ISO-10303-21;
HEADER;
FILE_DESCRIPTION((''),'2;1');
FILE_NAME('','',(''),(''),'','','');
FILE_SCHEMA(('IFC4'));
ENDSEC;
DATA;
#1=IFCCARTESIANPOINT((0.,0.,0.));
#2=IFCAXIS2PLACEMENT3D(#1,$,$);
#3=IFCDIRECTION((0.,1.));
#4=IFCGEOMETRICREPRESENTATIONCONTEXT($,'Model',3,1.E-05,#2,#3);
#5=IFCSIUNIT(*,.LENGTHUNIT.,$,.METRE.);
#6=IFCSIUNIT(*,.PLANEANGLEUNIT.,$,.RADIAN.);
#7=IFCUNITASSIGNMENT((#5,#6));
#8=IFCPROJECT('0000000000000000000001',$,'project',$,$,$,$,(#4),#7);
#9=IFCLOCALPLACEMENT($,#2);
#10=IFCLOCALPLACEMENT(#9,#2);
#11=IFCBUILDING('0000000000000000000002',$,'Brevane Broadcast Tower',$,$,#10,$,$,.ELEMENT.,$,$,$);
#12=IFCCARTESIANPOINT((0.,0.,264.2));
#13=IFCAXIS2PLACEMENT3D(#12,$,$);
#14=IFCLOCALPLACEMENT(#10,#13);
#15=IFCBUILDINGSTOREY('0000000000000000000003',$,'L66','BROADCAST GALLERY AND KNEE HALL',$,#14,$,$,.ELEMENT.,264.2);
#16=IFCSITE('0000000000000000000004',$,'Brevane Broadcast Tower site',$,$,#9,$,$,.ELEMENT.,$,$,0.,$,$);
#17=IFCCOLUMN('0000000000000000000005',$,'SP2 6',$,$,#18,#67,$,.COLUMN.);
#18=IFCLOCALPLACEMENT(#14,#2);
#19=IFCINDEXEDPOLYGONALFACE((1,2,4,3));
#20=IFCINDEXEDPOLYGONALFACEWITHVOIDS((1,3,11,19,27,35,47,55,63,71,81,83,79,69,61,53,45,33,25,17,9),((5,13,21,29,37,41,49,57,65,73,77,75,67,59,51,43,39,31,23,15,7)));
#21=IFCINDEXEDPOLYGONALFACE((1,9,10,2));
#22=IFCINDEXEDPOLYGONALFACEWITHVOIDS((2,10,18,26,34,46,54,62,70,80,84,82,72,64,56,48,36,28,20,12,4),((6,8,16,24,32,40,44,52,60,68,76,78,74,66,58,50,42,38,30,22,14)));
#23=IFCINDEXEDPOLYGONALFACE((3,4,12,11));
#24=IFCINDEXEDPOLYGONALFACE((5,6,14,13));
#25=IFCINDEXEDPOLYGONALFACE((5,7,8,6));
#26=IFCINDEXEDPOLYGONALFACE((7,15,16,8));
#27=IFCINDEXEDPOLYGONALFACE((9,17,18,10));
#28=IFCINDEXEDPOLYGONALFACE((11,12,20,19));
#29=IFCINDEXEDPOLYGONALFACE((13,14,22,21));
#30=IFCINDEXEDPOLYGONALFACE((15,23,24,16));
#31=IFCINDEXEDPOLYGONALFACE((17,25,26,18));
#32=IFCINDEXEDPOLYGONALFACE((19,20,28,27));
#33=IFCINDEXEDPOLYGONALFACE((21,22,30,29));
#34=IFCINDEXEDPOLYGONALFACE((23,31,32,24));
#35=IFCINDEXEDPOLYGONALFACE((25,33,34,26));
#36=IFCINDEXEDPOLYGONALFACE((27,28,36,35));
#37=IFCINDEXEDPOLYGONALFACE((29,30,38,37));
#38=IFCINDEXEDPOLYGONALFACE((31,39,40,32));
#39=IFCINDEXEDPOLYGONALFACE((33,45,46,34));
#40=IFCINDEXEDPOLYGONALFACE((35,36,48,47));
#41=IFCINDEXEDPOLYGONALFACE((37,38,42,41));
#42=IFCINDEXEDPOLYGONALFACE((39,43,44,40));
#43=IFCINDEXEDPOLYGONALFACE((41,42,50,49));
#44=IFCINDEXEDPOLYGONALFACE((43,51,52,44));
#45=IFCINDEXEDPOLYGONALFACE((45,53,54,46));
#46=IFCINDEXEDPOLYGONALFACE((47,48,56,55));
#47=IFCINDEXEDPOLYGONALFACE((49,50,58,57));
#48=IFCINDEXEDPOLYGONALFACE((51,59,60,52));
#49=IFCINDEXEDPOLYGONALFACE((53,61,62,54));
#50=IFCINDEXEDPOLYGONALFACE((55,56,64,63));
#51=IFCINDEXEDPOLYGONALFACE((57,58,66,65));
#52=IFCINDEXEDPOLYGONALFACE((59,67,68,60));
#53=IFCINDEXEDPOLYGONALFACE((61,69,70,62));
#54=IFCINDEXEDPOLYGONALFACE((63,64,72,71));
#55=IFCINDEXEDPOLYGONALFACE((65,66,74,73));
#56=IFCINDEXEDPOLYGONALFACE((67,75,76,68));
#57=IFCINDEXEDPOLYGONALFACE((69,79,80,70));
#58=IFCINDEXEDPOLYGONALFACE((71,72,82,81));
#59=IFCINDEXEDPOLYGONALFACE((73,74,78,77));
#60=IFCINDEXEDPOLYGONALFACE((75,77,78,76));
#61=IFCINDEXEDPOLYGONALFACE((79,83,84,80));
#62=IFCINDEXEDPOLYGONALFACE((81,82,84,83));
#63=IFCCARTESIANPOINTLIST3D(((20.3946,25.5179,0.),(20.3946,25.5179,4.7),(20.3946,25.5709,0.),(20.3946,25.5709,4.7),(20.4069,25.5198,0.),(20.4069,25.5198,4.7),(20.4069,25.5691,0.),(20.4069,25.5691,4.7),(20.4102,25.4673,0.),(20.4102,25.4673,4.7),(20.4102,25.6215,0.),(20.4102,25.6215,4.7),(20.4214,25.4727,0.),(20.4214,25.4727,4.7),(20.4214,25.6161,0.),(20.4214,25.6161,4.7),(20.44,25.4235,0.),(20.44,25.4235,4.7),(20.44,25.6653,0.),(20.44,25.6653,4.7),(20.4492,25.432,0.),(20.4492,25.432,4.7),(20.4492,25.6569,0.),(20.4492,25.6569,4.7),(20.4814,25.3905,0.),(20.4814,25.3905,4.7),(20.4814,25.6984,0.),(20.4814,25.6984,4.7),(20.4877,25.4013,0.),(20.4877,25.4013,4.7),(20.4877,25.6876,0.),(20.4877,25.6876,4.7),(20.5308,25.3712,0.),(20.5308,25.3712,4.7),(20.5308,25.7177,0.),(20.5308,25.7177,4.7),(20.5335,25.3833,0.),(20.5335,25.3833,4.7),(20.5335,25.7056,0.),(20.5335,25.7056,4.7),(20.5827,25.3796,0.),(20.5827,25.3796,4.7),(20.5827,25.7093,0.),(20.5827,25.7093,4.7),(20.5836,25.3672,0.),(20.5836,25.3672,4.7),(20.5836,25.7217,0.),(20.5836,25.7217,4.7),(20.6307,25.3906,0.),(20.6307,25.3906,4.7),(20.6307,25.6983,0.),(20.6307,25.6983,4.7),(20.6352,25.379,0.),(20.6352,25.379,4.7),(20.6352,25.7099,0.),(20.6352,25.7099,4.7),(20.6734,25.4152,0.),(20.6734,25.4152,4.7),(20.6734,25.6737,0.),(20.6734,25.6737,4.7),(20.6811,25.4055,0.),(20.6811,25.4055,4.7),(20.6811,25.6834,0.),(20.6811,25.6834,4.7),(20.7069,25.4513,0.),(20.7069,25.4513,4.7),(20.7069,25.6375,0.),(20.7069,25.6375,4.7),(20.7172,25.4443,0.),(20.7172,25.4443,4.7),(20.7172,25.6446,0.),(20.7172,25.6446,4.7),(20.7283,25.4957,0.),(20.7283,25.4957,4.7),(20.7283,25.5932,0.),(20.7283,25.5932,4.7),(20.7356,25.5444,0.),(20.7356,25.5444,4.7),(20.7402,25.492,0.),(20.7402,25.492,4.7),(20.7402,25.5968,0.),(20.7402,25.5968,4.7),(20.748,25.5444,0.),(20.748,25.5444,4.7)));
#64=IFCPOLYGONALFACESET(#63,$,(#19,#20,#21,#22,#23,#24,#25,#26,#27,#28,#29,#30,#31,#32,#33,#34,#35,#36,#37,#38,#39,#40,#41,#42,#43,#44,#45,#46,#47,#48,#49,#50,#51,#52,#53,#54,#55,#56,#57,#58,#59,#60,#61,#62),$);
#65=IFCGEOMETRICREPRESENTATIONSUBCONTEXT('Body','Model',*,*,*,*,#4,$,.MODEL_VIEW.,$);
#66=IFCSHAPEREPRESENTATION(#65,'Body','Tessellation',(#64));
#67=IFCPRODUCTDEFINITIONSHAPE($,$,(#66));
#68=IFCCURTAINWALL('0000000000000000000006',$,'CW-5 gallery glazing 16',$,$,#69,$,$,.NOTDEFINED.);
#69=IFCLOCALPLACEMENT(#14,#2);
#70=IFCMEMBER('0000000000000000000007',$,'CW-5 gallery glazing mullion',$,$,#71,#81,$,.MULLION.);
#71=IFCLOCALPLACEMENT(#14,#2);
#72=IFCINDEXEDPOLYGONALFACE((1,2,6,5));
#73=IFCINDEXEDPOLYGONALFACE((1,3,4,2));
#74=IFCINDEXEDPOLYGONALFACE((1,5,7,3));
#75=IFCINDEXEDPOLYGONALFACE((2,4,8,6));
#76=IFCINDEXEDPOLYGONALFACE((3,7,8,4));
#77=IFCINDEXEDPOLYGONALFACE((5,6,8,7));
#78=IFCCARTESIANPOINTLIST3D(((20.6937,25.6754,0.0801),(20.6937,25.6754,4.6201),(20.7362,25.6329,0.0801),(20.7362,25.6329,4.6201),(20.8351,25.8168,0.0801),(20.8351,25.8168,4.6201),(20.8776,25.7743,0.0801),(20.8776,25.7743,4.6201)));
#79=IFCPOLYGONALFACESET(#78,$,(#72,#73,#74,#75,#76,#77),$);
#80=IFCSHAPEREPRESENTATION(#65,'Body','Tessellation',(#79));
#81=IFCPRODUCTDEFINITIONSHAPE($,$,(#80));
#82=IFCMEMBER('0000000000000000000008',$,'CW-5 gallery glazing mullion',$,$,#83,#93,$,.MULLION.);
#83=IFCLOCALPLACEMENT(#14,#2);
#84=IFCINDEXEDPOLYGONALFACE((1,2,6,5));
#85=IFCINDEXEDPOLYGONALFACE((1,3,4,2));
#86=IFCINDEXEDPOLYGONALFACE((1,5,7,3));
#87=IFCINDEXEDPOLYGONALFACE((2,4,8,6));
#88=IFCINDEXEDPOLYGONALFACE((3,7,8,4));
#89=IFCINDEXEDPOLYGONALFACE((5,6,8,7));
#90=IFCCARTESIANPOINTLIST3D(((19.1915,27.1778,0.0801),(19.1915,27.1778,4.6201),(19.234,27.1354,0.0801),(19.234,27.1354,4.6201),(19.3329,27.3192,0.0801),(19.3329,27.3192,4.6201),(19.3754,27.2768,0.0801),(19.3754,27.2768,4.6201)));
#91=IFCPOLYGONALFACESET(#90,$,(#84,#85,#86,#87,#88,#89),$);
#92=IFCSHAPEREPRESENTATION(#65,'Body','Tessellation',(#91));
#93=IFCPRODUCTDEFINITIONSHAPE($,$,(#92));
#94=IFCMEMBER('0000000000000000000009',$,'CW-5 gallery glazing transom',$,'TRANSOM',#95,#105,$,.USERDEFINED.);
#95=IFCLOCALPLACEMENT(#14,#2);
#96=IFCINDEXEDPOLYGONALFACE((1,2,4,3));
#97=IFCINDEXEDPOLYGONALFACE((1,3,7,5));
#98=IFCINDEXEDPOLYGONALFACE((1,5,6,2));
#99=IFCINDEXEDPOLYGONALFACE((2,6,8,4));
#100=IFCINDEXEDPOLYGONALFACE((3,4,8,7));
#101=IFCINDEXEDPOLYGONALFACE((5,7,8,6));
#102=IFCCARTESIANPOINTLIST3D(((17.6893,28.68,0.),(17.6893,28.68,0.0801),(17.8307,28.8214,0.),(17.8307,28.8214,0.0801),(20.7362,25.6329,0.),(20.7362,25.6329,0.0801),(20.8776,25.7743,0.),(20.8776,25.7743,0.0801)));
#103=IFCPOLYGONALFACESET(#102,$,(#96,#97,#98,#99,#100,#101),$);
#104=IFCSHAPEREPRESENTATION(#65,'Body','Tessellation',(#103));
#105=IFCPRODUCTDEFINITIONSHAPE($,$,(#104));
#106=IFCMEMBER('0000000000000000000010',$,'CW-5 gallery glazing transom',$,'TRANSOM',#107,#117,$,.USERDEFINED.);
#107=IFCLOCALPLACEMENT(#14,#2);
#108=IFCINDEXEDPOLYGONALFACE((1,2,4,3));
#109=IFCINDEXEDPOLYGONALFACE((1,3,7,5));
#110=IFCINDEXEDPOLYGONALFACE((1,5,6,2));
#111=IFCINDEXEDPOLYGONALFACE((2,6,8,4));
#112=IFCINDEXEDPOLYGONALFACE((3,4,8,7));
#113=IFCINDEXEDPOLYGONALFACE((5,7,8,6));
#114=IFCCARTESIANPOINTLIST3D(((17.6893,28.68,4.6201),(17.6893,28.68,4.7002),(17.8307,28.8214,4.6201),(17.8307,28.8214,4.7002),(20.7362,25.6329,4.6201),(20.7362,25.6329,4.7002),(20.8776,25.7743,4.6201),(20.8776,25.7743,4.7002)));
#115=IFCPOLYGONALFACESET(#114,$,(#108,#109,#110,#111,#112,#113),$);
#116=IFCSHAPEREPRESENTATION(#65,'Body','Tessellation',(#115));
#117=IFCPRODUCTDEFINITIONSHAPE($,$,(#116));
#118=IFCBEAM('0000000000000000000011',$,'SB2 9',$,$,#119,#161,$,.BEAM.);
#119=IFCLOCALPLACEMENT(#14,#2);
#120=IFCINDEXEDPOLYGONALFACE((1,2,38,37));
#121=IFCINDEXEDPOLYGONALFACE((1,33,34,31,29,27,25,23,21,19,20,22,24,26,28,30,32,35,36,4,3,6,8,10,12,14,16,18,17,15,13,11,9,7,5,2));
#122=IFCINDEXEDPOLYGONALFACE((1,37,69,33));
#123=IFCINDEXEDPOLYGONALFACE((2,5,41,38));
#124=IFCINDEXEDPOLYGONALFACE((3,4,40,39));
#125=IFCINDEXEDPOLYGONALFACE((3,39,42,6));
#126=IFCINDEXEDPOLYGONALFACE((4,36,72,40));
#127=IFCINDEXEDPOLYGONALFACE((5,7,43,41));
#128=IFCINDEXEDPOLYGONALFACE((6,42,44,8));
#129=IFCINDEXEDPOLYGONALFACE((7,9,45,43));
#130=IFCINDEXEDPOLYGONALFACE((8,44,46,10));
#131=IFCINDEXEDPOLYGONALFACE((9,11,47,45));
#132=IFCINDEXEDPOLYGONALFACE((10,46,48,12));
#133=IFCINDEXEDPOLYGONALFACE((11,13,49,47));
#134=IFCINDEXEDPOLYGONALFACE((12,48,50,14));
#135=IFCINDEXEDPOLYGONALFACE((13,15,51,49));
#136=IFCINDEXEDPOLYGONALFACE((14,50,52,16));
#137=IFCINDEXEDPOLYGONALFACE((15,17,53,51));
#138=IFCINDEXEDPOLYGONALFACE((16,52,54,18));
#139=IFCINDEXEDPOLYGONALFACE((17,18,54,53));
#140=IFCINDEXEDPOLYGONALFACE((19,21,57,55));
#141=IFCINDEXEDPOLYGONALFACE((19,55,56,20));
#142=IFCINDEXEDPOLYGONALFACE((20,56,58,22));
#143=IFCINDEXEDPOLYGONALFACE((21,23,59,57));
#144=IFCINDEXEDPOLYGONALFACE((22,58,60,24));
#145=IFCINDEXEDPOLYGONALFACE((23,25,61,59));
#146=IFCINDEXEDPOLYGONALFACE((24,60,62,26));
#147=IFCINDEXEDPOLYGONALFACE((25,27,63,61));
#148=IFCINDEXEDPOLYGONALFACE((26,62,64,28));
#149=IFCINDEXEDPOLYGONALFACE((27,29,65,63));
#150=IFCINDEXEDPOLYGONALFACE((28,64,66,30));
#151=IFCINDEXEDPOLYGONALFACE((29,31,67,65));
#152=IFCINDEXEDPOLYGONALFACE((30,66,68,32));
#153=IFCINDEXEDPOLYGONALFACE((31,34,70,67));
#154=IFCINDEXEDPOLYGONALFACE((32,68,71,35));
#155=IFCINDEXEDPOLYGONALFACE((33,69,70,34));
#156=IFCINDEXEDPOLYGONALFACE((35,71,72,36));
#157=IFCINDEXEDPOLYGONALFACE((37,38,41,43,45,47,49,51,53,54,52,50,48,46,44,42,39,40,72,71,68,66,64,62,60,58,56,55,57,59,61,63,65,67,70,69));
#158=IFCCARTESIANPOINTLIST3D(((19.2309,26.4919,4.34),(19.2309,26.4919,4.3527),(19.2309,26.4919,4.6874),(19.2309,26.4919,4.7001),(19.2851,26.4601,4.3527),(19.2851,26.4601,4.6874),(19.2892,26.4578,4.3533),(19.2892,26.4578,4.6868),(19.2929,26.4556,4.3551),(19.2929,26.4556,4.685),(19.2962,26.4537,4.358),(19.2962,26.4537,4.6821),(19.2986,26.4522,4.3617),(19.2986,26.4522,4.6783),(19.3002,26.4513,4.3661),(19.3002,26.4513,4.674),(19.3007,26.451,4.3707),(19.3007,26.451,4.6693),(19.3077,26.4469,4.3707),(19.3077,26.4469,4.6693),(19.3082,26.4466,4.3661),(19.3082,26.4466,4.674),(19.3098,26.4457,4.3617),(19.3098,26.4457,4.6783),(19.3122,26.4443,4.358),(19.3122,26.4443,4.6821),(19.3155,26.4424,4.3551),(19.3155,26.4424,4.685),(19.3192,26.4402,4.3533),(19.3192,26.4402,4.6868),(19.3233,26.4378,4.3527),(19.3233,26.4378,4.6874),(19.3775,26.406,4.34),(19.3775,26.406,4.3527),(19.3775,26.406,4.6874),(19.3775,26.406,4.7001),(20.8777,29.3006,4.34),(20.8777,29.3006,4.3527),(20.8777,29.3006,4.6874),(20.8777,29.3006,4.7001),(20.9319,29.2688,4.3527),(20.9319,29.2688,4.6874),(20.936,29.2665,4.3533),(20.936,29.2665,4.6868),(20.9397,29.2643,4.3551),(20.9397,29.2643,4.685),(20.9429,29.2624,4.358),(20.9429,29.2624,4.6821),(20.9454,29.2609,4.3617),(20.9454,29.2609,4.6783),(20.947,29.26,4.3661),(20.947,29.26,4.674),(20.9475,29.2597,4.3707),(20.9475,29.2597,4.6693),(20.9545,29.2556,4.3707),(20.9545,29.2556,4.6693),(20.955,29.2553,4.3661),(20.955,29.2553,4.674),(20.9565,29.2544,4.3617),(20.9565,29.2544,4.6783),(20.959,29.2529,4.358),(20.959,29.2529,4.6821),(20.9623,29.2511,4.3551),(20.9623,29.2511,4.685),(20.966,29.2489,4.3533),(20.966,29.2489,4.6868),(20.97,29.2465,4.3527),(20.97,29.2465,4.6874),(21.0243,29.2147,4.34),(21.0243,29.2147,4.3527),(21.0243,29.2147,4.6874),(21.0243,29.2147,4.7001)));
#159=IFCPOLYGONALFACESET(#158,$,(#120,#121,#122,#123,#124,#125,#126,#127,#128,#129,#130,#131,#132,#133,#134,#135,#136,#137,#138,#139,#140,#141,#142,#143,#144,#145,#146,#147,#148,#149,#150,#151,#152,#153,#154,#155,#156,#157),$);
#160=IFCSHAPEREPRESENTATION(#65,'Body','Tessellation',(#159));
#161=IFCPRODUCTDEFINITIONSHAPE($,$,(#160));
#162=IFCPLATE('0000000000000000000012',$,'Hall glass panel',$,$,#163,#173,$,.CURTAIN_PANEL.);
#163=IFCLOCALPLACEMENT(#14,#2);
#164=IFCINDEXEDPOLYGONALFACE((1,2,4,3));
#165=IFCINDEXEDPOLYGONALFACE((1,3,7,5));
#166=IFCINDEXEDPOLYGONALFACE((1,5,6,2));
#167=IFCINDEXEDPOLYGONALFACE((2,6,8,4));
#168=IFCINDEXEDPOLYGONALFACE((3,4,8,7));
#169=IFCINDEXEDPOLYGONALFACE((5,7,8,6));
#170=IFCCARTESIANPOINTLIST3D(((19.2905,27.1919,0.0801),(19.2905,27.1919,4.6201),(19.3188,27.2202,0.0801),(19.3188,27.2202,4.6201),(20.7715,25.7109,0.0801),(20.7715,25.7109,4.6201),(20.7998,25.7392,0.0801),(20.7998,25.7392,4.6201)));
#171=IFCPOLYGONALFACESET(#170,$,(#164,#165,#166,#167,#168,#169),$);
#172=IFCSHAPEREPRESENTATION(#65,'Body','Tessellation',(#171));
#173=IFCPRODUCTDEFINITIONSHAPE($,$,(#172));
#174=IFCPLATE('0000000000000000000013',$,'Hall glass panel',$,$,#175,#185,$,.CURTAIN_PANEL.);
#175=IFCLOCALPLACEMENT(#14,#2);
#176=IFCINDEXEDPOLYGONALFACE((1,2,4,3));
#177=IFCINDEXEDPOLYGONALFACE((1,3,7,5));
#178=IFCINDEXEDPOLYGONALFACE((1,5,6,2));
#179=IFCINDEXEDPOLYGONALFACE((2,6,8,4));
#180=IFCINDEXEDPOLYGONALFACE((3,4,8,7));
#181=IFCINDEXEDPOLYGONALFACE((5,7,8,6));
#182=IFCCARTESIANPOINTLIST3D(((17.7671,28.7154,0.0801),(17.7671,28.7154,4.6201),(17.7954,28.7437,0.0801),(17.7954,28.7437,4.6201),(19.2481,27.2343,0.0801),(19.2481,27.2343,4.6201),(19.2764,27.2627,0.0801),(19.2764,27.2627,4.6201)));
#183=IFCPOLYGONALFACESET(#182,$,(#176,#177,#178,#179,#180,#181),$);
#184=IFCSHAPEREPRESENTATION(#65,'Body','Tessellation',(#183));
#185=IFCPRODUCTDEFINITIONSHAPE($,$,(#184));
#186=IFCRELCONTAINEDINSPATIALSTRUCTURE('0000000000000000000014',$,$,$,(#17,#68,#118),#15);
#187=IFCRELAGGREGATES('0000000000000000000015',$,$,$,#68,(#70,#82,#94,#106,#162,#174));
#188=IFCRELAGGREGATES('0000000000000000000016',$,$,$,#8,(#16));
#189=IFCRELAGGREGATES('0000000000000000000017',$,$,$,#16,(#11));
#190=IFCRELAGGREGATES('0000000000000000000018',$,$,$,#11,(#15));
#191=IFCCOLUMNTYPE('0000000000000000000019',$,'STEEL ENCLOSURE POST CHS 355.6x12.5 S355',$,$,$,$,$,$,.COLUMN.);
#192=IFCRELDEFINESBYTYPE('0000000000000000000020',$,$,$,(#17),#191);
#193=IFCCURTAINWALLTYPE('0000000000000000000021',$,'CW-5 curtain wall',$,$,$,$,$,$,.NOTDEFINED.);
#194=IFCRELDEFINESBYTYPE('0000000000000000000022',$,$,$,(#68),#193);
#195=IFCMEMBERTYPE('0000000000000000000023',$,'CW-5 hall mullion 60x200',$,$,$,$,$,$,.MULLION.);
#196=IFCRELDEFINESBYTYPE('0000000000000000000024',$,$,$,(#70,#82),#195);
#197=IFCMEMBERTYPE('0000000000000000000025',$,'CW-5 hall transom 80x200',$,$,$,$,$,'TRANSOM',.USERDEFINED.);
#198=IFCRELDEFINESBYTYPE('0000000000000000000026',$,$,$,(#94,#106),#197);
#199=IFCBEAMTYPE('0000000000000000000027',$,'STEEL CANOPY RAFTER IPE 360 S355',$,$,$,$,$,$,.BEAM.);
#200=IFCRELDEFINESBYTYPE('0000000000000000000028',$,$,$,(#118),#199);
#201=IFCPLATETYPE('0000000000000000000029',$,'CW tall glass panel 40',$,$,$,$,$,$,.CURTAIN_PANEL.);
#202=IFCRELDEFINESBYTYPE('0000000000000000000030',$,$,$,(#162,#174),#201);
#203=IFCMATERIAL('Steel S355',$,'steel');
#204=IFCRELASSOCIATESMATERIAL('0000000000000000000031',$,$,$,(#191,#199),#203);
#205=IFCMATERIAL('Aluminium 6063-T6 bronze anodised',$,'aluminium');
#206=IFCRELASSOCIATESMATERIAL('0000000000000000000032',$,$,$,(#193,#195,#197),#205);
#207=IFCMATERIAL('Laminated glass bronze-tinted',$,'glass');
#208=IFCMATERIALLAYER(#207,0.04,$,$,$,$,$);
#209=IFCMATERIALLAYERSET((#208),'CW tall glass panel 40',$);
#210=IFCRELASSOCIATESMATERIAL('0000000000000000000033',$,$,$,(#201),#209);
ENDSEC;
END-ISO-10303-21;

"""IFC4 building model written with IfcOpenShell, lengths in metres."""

from ifc_helpers import new_model, si_unit, direction, frame, origin, origin_2d, place, context, subcontext, project, spatial, rectangle, hollow_circle, i_section, extrude, material, layer, layer_set, material_profile, profile_set, type_object, element, aggregate, save


model = new_model("IFC4")

# Units and contexts
model_context = context("Model", 3, precision=1e-05, world=origin(), true_north=direction((0.0, 1.0)))
body_context = subcontext(model_context, "Body", "Model", "MODEL_VIEW")
ifc_project = project(units=[si_unit("LENGTHUNIT", "METRE"), si_unit("PLANEANGLEUNIT", "RADIAN")], contexts=[model_context])

# Site, building, storey
site_placement = place(None, origin())
site = spatial("IfcSite", under=ifc_project, at=site_placement, Name="Brevane Broadcast Tower site", CompositionType="ELEMENT", RefElevation=0.0)
building_placement = place(site_placement, origin())
building = spatial("IfcBuilding", under=site, at=building_placement, Name="Brevane Broadcast Tower", CompositionType="ELEMENT")
storey_placement = place(building_placement, frame((0.0, 0.0, 264.2)))
storey = spatial("IfcBuildingStorey", under=building, at=storey_placement, Name="L66", Description="BROADCAST GALLERY AND KNEE HALL", CompositionType="ELEMENT", Elevation=264.2)

# Column
ifc_material_1 = material(Name="Steel S355", Category="steel")
ifc_material_profile_1 = material_profile(ifc_material_1, hollow_circle(Radius=0.1777, WallThickness=0.0125, at=origin_2d()), Name="CHS 355.6x12.5")
ifc_profile_set_1 = profile_set([ifc_material_profile_1], Name="Steel S355")
column_type = type_object("IfcColumnType", Name="STEEL ENCLOSURE POST CHS 355.6x12.5 S355", PredefinedType="COLUMN", material=ifc_profile_set_1)
column_placement = place(storey_placement, frame((20.5703, 25.5444, 0.0), z_axis=(0.0, 0.0, 1.0), x_axis=(1.0, 0.0, 0.0)))
element("IfcColumn", 1, at=column_placement, inside=storey, type_object=column_type, Name="SP2 6", PredefinedType="COLUMN", context=body_context, shape_type="SweptSolid", body=[
    extrude(hollow_circle(Radius=0.1777, WallThickness=0.0125, at=origin_2d()), origin(), (0.0, 0.0, 1.0), 4.7),
])

# Curtain wall, members
ifc_material_2 = material(Name="Aluminium 6063-T6 bronze anodised", Category="aluminium")
curtain_wall_type = type_object("IfcCurtainWallType", Name="CW-5 curtain wall", PredefinedType="NOTDEFINED", material=ifc_material_2)
curtain_wall_placement = place(storey_placement, origin())
curtain_wall = element("IfcCurtainWall", 2, at=curtain_wall_placement, inside=storey, type_object=curtain_wall_type, Name="CW-5 gallery glazing 16", PredefinedType="NOTDEFINED")
ifc_material_profile_2 = material_profile(ifc_material_2, rectangle(XDim=0.2, YDim=0.0601, at=origin_2d()), Name="RECT 60x200")
ifc_profile_set_2 = profile_set([ifc_material_profile_2], Name="Aluminium 6063-T6 bronze anodised")
member_type_1 = type_object("IfcMemberType", Name="CW-5 hall mullion 60x200", PredefinedType="MULLION", material=ifc_profile_set_2)
member_1_placement = place(storey_placement, frame((20.7856, 25.7249, 0.0801), z_axis=(0.0, 0.0, 1.0), x_axis=(-0.707107, -0.707107, 0.0)))
member_1 = element("IfcMember", 3, at=member_1_placement, type_object=member_type_1, Name="CW-5 gallery glazing mullion", PredefinedType="MULLION", context=body_context, shape_type="SweptSolid", body=[
    extrude(rectangle(XDim=0.2, YDim=0.0601, at=origin_2d()), origin(), (0.0, 0.0, 1.0), 4.54),
])
member_2_placement = place(storey_placement, frame((19.2834, 27.2273, 0.0801), z_axis=(0.0, 0.0, 1.0), x_axis=(-0.707107, -0.707107, 0.0)))
member_2 = element("IfcMember", 4, at=member_2_placement, type_object=member_type_1, Name="CW-5 gallery glazing mullion", PredefinedType="MULLION", context=body_context, shape_type="SweptSolid", body=[
    extrude(rectangle(XDim=0.2, YDim=0.0601, at=origin_2d()), origin(), (0.0, 0.0, 1.0), 4.54),
])
ifc_material_profile_3 = material_profile(ifc_material_2, rectangle(XDim=0.2, YDim=0.0801, at=origin_2d()), Name="RECT 80x200")
ifc_profile_set_3 = profile_set([ifc_material_profile_3], Name="Aluminium 6063-T6 bronze anodised")
member_type_2 = type_object("IfcMemberType", Name="CW-5 hall transom 80x200", ElementType="TRANSOM", PredefinedType="USERDEFINED", material=ifc_profile_set_3)
member_3_placement = place(storey_placement, frame((20.8069, 25.7036, 0.04), z_axis=(-0.707078, 0.707135, 0.0), x_axis=(-0.707135, -0.707078, 0.0)))
member_3 = element("IfcMember", 5, at=member_3_placement, type_object=member_type_2, Name="CW-5 gallery glazing transom", ObjectType="TRANSOM", PredefinedType="USERDEFINED", context=body_context, shape_type="SweptSolid", body=[
    extrude(rectangle(XDim=0.2, YDim=0.0801, at=origin_2d()), origin(), (0.0, 0.0, 1.0), 4.3091),
])
member_4_placement = place(storey_placement, frame((20.8069, 25.7036, 4.6602), z_axis=(-0.707078, 0.707135, 0.0), x_axis=(-0.707135, -0.707078, 0.0)))
member_4 = element("IfcMember", 6, at=member_4_placement, type_object=member_type_2, Name="CW-5 gallery glazing transom", ObjectType="TRANSOM", PredefinedType="USERDEFINED", context=body_context, shape_type="SweptSolid", body=[
    extrude(rectangle(XDim=0.2, YDim=0.0801, at=origin_2d()), origin(), (0.0, 0.0, 1.0), 4.3091),
])

# Beam
ifc_material_profile_4 = material_profile(ifc_material_1, i_section(OverallWidth=0.1699, OverallDepth=0.3601, WebThickness=0.0081, FlangeThickness=0.0127, FilletRadius=0.0181, at=origin_2d()), Name="IPE 360")
ifc_profile_set_4 = profile_set([ifc_material_profile_4], Name="Steel S355")
beam_type = type_object("IfcBeamType", Name="STEEL CANOPY RAFTER IPE 360 S355", PredefinedType="BEAM", material=ifc_profile_set_4)
beam_placement = place(storey_placement, frame((19.3042, 26.449, 4.52), z_axis=(0.505791, 0.862656, 0.0), x_axis=(-0.862656, 0.505791, 0.0)))
element("IfcBeam", 7, at=beam_placement, inside=storey, type_object=beam_type, Name="SB2 9", PredefinedType="BEAM", context=body_context, shape_type="SweptSolid", body=[
    extrude(i_section(OverallWidth=0.1699, OverallDepth=0.3601, WebThickness=0.0081, FlangeThickness=0.0127, FilletRadius=0.0181, at=origin_2d()), origin(), (0.0, 0.0, 1.0), 3.2559),
])

# Plates
ifc_material_3 = material(Name="Laminated glass bronze-tinted", Category="glass")
ifc_layer_1 = layer(ifc_material_3, 0.04)
ifc_layer_set_1 = layer_set([ifc_layer_1], Name="CW tall glass panel 40")
plate_type_1 = type_object("IfcPlateType", Name="CW tall glass panel 40", PredefinedType="CURTAIN_PANEL", material=ifc_layer_set_1)
plate_1_placement = place(storey_placement, frame((20.0452, 26.4656, 0.0801), z_axis=(0.0, 0.0, 1.0), x_axis=(-0.707107, 0.707107, 0.0)))
plate_1 = element("IfcPlate", 8, at=plate_1_placement, type_object=plate_type_1, Name="Hall glass panel", PredefinedType="CURTAIN_PANEL", context=body_context, shape_type="SweptSolid", body=[
    extrude(rectangle(XDim=2.0945, YDim=0.04, at=origin_2d()), origin(), (0.0, 0.0, 1.0), 4.54),
])
plate_2_placement = place(storey_placement, frame((18.5217, 27.989, 0.0801), z_axis=(0.0, 0.0, 1.0), x_axis=(-0.707107, 0.707107, 0.0)))
plate_2 = element("IfcPlate", 9, at=plate_2_placement, type_object=plate_type_1, Name="Hall glass panel", PredefinedType="CURTAIN_PANEL", context=body_context, shape_type="SweptSolid", body=[
    extrude(rectangle(XDim=2.0945, YDim=0.04, at=origin_2d()), origin(), (0.0, 0.0, 1.0), 4.54),
])
aggregate(curtain_wall, [member_1, member_2, member_3, member_4, plate_1, plate_2])

save(model, "model.ifc")
